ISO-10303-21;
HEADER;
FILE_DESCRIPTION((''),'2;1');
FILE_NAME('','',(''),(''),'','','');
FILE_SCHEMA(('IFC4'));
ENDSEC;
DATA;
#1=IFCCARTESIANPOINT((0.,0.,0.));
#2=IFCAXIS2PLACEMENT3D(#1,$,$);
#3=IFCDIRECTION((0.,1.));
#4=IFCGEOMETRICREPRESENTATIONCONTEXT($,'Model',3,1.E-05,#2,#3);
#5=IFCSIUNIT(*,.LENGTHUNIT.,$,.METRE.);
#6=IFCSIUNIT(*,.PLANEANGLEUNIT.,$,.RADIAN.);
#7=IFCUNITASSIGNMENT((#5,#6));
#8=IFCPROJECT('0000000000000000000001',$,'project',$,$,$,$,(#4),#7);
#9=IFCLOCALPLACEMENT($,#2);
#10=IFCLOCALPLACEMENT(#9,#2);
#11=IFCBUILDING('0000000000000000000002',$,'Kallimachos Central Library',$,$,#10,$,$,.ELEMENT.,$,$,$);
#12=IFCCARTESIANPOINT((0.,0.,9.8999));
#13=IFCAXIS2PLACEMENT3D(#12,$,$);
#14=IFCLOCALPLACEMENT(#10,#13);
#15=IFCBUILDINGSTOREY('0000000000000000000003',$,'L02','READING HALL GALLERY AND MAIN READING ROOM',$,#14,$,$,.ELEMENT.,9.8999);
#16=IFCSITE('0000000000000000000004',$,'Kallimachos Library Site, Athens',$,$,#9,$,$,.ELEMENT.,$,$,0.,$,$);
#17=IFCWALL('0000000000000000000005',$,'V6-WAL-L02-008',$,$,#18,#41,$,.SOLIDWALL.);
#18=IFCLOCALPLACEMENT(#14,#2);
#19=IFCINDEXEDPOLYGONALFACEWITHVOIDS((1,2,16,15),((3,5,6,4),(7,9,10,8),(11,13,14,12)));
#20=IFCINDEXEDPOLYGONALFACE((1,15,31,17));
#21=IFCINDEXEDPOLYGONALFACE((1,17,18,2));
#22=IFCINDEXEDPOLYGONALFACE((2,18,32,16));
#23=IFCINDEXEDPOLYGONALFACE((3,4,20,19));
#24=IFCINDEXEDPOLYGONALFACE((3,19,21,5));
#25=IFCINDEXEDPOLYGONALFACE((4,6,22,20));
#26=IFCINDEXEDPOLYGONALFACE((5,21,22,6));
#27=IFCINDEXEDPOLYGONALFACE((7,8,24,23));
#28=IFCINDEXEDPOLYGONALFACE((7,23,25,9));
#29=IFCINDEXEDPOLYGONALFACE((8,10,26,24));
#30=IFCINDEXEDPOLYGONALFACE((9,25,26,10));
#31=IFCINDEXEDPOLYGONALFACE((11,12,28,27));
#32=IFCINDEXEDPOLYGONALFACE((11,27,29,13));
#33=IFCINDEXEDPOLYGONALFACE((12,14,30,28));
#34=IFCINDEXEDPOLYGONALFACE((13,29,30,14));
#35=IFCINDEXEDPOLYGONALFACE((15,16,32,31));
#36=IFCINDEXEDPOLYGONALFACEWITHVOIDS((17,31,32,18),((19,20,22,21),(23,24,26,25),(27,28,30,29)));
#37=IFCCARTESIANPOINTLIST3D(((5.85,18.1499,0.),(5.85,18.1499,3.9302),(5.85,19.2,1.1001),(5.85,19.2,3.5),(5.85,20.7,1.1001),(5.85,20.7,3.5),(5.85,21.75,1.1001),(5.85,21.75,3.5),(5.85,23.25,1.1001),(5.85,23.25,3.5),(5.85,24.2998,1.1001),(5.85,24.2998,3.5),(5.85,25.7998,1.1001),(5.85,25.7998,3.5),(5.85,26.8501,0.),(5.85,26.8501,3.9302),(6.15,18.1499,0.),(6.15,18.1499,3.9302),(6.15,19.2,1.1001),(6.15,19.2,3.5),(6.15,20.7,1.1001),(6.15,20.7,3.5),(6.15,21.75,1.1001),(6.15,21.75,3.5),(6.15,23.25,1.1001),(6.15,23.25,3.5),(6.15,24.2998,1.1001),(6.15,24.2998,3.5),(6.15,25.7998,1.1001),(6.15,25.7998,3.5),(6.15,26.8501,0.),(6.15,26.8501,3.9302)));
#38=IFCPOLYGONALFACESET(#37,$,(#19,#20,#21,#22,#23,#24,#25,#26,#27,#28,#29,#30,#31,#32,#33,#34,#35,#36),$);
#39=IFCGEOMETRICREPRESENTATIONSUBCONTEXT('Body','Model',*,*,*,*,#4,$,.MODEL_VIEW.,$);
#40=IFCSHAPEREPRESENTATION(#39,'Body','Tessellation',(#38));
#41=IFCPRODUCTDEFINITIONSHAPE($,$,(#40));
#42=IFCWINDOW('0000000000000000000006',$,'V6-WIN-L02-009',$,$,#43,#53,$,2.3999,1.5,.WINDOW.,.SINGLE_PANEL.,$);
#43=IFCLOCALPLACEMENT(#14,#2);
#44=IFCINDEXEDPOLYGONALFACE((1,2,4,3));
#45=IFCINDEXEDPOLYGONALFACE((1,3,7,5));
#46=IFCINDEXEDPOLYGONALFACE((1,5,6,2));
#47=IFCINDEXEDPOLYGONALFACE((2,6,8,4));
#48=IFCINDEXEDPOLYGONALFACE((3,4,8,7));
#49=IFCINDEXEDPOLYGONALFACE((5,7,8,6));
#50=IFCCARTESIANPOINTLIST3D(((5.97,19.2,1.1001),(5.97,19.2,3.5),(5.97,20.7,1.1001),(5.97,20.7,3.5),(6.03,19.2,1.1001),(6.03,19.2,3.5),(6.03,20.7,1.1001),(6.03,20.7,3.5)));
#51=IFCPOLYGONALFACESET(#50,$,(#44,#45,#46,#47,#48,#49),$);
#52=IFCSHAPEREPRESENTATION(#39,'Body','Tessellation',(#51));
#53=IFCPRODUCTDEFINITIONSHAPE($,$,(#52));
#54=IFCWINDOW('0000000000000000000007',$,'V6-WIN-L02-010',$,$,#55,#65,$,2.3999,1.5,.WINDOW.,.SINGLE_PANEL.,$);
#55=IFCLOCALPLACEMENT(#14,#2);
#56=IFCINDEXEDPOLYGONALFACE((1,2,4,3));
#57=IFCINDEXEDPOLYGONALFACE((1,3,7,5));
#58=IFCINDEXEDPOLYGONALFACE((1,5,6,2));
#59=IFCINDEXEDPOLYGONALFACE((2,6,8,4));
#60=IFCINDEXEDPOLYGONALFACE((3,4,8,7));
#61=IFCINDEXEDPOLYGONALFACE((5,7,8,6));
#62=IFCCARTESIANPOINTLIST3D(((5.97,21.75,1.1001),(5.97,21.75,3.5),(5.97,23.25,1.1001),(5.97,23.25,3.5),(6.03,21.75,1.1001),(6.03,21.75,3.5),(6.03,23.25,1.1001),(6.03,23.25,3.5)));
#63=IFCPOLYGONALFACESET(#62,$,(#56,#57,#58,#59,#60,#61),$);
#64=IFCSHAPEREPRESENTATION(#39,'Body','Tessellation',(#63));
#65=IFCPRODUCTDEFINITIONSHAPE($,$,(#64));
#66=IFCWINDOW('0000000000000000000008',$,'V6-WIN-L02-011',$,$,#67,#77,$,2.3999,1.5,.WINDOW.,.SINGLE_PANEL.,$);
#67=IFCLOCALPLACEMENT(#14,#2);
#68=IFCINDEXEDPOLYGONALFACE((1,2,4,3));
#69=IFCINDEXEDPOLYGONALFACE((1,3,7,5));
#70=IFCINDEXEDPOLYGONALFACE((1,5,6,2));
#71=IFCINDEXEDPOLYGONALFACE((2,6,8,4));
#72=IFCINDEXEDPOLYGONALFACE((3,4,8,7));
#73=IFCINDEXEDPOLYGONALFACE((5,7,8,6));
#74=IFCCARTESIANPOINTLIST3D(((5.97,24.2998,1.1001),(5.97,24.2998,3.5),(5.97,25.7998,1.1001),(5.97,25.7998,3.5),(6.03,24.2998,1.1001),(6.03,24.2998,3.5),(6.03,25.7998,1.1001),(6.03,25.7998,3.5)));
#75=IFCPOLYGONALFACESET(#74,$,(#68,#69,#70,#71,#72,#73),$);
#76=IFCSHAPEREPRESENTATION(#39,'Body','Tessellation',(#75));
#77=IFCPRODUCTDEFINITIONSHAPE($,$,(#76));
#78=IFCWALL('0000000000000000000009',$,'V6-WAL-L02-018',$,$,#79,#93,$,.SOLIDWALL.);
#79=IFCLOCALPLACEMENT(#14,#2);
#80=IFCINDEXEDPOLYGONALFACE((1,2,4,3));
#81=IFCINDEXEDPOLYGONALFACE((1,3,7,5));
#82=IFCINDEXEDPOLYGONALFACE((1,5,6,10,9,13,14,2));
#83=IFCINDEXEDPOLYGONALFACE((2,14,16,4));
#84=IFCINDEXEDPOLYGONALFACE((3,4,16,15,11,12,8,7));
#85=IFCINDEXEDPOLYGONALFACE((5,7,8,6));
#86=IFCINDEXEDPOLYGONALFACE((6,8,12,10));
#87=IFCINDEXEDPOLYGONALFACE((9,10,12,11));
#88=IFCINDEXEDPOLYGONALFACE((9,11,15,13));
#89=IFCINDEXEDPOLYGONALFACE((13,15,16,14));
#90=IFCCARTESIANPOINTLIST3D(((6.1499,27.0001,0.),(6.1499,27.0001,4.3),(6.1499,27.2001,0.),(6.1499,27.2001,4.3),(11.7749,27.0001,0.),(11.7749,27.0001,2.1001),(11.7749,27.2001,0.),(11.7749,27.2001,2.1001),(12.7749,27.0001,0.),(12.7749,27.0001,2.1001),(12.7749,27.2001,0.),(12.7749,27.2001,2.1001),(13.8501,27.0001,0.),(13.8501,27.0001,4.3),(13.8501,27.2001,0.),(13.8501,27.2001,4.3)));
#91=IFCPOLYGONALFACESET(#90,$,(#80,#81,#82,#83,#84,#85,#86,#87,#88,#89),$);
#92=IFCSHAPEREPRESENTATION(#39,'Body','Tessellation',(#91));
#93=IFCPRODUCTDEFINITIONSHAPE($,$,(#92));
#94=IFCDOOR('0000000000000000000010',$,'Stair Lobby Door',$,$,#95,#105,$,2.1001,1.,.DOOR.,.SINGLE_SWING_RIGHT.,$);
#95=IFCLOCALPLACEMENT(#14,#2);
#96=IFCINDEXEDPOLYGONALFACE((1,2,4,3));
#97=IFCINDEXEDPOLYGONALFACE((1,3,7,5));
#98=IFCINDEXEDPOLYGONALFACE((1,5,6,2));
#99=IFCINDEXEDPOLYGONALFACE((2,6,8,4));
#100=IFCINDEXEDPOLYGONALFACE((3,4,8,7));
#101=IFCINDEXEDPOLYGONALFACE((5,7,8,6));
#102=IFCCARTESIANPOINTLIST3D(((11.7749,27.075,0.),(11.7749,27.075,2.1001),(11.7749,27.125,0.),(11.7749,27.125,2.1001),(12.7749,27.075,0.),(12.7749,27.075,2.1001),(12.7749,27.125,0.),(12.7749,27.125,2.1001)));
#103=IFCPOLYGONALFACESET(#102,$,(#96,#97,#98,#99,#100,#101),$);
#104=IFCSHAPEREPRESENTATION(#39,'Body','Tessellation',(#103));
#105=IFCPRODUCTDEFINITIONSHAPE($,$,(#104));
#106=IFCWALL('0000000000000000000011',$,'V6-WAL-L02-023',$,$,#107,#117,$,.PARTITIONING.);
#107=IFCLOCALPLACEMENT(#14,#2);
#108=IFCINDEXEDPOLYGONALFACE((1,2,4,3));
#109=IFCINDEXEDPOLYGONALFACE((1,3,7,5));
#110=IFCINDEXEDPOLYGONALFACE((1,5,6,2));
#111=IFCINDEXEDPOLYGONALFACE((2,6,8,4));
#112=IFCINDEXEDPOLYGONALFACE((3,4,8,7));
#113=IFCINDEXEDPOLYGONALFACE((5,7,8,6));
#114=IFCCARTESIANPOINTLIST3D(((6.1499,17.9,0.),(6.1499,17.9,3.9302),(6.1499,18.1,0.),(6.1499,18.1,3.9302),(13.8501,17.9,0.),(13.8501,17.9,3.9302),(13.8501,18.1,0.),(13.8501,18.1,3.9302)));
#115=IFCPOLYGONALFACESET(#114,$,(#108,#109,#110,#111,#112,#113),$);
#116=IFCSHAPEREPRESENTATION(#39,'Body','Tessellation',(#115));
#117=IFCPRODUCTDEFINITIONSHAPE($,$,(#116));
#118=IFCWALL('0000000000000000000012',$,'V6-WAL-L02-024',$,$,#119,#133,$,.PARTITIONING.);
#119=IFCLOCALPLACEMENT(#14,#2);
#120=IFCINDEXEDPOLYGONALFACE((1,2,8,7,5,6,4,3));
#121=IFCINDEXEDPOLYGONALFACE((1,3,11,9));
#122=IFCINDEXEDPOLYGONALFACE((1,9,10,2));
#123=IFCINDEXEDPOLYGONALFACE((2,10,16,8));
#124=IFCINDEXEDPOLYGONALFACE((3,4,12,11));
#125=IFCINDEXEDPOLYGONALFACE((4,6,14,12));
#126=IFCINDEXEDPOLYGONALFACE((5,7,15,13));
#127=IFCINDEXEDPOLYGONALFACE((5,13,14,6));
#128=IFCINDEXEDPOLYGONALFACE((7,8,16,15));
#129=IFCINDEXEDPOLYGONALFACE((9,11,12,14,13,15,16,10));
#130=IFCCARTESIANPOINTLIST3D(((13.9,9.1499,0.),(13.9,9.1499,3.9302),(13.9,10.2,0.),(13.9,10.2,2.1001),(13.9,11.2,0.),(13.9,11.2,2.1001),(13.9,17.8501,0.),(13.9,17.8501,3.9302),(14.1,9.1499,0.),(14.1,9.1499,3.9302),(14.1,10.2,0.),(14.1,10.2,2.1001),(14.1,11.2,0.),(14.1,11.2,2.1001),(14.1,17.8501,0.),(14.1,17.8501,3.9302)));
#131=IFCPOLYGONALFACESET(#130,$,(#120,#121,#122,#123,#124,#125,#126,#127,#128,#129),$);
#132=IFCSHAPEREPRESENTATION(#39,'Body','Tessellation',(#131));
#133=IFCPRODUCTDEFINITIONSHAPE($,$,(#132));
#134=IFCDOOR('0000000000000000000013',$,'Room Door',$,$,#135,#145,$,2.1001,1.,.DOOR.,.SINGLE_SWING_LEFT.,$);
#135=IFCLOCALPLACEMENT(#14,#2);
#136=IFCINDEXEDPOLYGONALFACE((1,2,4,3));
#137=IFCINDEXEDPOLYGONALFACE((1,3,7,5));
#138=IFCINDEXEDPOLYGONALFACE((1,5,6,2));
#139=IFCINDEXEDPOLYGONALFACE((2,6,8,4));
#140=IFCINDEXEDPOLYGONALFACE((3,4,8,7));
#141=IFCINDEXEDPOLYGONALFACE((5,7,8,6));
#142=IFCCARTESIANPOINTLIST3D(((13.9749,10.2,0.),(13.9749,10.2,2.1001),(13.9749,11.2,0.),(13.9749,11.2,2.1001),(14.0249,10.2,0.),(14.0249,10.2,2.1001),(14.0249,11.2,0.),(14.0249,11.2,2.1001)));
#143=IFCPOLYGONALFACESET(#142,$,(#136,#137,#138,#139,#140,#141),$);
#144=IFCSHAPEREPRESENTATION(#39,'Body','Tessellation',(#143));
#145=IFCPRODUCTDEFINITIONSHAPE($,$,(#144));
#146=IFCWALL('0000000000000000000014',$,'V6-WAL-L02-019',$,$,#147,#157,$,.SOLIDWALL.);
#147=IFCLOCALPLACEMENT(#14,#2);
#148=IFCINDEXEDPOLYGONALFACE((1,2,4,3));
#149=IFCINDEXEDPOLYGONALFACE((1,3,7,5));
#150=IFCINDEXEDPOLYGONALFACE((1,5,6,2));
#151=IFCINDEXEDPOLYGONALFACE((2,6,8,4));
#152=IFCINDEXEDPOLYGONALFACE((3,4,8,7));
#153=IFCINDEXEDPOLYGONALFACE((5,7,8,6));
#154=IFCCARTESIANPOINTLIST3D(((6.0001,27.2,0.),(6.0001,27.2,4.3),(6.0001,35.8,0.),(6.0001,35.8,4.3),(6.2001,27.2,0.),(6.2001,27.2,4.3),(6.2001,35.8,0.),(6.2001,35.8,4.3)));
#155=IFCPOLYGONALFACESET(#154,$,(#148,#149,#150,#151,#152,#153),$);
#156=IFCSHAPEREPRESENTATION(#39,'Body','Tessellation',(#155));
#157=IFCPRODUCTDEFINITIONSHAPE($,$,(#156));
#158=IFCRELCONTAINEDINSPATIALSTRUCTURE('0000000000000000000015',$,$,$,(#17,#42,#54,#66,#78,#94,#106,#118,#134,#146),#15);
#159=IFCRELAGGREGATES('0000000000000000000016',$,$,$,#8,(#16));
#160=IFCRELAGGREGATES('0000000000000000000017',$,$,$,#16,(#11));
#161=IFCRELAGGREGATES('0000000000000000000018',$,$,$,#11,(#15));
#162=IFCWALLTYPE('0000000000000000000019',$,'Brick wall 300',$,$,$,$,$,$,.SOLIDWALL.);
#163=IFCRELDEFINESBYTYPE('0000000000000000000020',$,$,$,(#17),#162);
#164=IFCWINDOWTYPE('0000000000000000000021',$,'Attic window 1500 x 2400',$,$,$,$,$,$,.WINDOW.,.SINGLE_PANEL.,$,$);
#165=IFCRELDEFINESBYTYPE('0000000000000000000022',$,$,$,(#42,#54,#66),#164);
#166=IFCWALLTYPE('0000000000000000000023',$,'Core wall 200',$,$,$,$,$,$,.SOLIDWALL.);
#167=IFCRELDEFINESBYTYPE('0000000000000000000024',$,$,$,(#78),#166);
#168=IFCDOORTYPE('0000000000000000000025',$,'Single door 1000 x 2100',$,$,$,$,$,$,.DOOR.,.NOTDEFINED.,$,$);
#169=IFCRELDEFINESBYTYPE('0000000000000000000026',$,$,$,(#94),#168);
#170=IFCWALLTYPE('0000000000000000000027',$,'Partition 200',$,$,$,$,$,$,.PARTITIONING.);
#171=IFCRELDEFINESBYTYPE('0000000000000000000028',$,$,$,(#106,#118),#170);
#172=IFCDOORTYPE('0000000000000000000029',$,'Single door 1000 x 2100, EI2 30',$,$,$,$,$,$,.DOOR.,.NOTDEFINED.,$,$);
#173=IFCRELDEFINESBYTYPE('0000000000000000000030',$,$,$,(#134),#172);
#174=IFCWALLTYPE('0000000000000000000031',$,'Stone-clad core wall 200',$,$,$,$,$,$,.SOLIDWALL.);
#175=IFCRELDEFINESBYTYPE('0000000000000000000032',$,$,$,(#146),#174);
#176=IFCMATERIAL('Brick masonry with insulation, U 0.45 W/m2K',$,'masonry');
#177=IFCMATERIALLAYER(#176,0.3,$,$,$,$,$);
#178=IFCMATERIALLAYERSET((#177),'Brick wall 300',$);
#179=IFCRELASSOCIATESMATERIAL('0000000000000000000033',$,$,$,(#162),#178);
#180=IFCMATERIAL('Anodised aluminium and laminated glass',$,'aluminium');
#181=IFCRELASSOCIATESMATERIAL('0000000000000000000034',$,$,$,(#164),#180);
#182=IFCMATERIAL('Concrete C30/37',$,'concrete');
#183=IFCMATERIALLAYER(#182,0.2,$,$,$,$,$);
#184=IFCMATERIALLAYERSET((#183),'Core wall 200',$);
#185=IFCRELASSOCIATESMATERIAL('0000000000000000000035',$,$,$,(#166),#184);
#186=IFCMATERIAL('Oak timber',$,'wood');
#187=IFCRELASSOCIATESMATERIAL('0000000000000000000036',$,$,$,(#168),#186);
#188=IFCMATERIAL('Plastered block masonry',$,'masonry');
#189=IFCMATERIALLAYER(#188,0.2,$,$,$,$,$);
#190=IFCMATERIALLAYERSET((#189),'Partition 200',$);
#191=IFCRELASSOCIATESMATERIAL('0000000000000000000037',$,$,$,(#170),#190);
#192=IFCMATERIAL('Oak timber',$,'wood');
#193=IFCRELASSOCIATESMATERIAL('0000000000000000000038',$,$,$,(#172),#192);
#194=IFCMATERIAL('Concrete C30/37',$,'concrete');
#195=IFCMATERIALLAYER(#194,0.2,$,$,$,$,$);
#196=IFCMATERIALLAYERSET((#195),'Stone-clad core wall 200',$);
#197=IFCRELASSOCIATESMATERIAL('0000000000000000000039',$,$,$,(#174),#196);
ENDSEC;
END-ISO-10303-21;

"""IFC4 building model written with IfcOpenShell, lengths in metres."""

from ifc_helpers import new_model, si_unit, direction, frame, frame_2d, origin, place, context, subcontext, project, spatial, rectangle, extrude, material, layer, layer_set, type_object, element, fill, save


model = new_model("IFC4")

# Units and contexts
model_context = context("Model", 3, precision=1e-05, world=origin(), true_north=direction((0.0, 1.0)))
body_context = subcontext(model_context, "Body", "Model", "MODEL_VIEW")
ifc_project = project(units=[si_unit("LENGTHUNIT", "METRE"), si_unit("PLANEANGLEUNIT", "RADIAN")], contexts=[model_context])

# Site, building, storey
site_placement = place(None, origin())
site = spatial("IfcSite", under=ifc_project, at=site_placement, Name="Kallimachos Library Site, Athens", CompositionType="ELEMENT", RefElevation=0.0)
building_placement = place(site_placement, origin())
building = spatial("IfcBuilding", under=site, at=building_placement, Name="Kallimachos Central Library", CompositionType="ELEMENT")
storey_placement = place(building_placement, frame((0.0, 0.0, 9.8999)))
storey = spatial("IfcBuildingStorey", under=building, at=storey_placement, Name="L02", Description="READING HALL GALLERY AND MAIN READING ROOM", CompositionType="ELEMENT", Elevation=9.8999)

# Wall, openings, windows
ifc_material_1 = material(Name="Brick masonry with insulation, U 0.45 W/m2K", Category="masonry")
ifc_layer_1 = layer(ifc_material_1, 0.3)
ifc_layer_set_1 = layer_set([ifc_layer_1], Name="Brick wall 300")
wall_type_1 = type_object("IfcWallType", Name="Brick wall 300", PredefinedType="SOLIDWALL", material=ifc_layer_set_1)
ifc_material_2 = material(Name="Anodised aluminium and laminated glass", Category="aluminium")
window_type = type_object("IfcWindowType", Name="Attic window 1500 x 2400", PartitioningType="SINGLE_PANEL", PredefinedType="WINDOW", material=ifc_material_2)
wall_1_placement = place(storey_placement, frame((6.0, 18.1499, 0.0), z_axis=(0.0, 0.0, 1.0), x_axis=(0.0, 1.0, 0.0)))
wall_1 = element("IfcWall", 1, at=wall_1_placement, inside=storey, type_object=wall_type_1, Name="V6-WAL-L02-008", PredefinedType="SOLIDWALL", context=body_context, shape_type="SweptSolid", body=[
    extrude(rectangle(XDim=8.7002, YDim=0.3, at=frame_2d((4.3501, 0.0))), origin(), (0.0, 0.0, 1.0), 3.9302),
])
opening_1_placement = place(wall_1_placement, frame((1.05, 0.0, 1.1001)))
opening_1 = element("IfcOpeningElement", 2, at=opening_1_placement, cuts=wall_1, PredefinedType="OPENING", context=body_context, shape_type="SweptSolid", body=[
    extrude(rectangle(XDim=1.5, YDim=2.3999, at=frame_2d((0.75, 1.2))), frame((0.0, 0.1599, 0.0), z_axis=(0.0, -1.0, 0.0), x_axis=(1.0, 0.0, 0.0)), (0.0, 0.0, 1.0), 0.3201),
])
opening_2_placement = place(wall_1_placement, frame((3.6001, 0.0, 1.1001)))
opening_2 = element("IfcOpeningElement", 3, at=opening_2_placement, cuts=wall_1, PredefinedType="OPENING", context=body_context, shape_type="SweptSolid", body=[
    extrude(rectangle(XDim=1.5, YDim=2.3999, at=frame_2d((0.75, 1.2))), frame((0.0, 0.1599, 0.0), z_axis=(0.0, -1.0, 0.0), x_axis=(1.0, 0.0, 0.0)), (0.0, 0.0, 1.0), 0.3201),
])
opening_3_placement = place(wall_1_placement, frame((6.1499, 0.0, 1.1001)))
opening_3 = element("IfcOpeningElement", 4, at=opening_3_placement, cuts=wall_1, PredefinedType="OPENING", context=body_context, shape_type="SweptSolid", body=[
    extrude(rectangle(XDim=1.5, YDim=2.3999, at=frame_2d((0.75, 1.2))), frame((0.0, 0.1599, 0.0), z_axis=(0.0, -1.0, 0.0), x_axis=(1.0, 0.0, 0.0)), (0.0, 0.0, 1.0), 0.3201),
])
window_1_placement = place(opening_1_placement, origin())
window_1 = element("IfcWindow", 5, at=window_1_placement, inside=storey, type_object=window_type, Name="V6-WIN-L02-009", OverallHeight=2.3999, OverallWidth=1.5, PartitioningType="SINGLE_PANEL", PredefinedType="WINDOW", context=body_context, shape_type="SweptSolid", body=[
    extrude(rectangle(XDim=1.5, YDim=2.3999, at=frame_2d((0.75, 1.2))), frame((0.0, 0.03, 0.0), z_axis=(0.0, -1.0, 0.0), x_axis=(1.0, 0.0, 0.0)), (0.0, 0.0, 1.0), 0.0601),
])
fill(opening_1, window_1)
window_2_placement = place(opening_2_placement, origin())
window_2 = element("IfcWindow", 6, at=window_2_placement, inside=storey, type_object=window_type, Name="V6-WIN-L02-010", OverallHeight=2.3999, OverallWidth=1.5, PartitioningType="SINGLE_PANEL", PredefinedType="WINDOW", context=body_context, shape_type="SweptSolid", body=[
    extrude(rectangle(XDim=1.5, YDim=2.3999, at=frame_2d((0.75, 1.2))), frame((0.0, 0.03, 0.0), z_axis=(0.0, -1.0, 0.0), x_axis=(1.0, 0.0, 0.0)), (0.0, 0.0, 1.0), 0.0601),
])
fill(opening_2, window_2)
window_3_placement = place(opening_3_placement, origin())
window_3 = element("IfcWindow", 7, at=window_3_placement, inside=storey, type_object=window_type, Name="V6-WIN-L02-011", OverallHeight=2.3999, OverallWidth=1.5, PartitioningType="SINGLE_PANEL", PredefinedType="WINDOW", context=body_context, shape_type="SweptSolid", body=[
    extrude(rectangle(XDim=1.5, YDim=2.3999, at=frame_2d((0.75, 1.2))), frame((0.0, 0.03, 0.0), z_axis=(0.0, -1.0, 0.0), x_axis=(1.0, 0.0, 0.0)), (0.0, 0.0, 1.0), 0.0601),
])
fill(opening_3, window_3)

# Wall, opening, door
ifc_material_3 = material(Name="Concrete C30/37", Category="concrete")
ifc_layer_2 = layer(ifc_material_3, 0.2)
ifc_layer_set_2 = layer_set([ifc_layer_2], Name="Core wall 200")
wall_type_2 = type_object("IfcWallType", Name="Core wall 200", PredefinedType="SOLIDWALL", material=ifc_layer_set_2)
wall_2_placement = place(storey_placement, frame((6.1499, 27.1001, 0.0), z_axis=(0.0, 0.0, 1.0), x_axis=(1.0, 0.0, 0.0)))
wall_2 = element("IfcWall", 8, at=wall_2_placement, inside=storey, type_object=wall_type_2, Name="V6-WAL-L02-018", PredefinedType="SOLIDWALL", context=body_context, shape_type="SweptSolid", body=[
    extrude(rectangle(XDim=7.7002, YDim=0.2, at=frame_2d((3.8501, 0.0))), origin(), (0.0, 0.0, 1.0), 4.3),
])
opening_4_placement = place(wall_2_placement, frame((5.625, 0.0, 0.0)))
opening_4 = element("IfcOpeningElement", 9, at=opening_4_placement, cuts=wall_2, PredefinedType="OPENING", context=body_context, shape_type="SweptSolid", body=[
    extrude(rectangle(XDim=1.0, YDim=2.1001, at=frame_2d((0.5, 1.05))), frame((0.0, 0.1099, 0.0), z_axis=(0.0, -1.0, 0.0), x_axis=(1.0, 0.0, 0.0)), (0.0, 0.0, 1.0), 0.22),
])
ifc_material_4 = material(Name="Oak timber", Category="wood")
door_type_1 = type_object("IfcDoorType", Name="Single door 1000 x 2100", OperationType="NOTDEFINED", PredefinedType="DOOR", material=ifc_material_4)
door_1_placement = place(opening_4_placement, origin())
door_1 = element("IfcDoor", 10, at=door_1_placement, inside=storey, type_object=door_type_1, Name="Stair Lobby Door", OperationType="SINGLE_SWING_RIGHT", OverallHeight=2.1001, OverallWidth=1.0, PredefinedType="DOOR", context=body_context, shape_type="SweptSolid", body=[
    extrude(rectangle(XDim=1.0, YDim=2.1001, at=frame_2d((0.5, 1.05))), frame((0.0, 0.0249, 0.0), z_axis=(0.0, -1.0, 0.0), x_axis=(1.0, 0.0, 0.0)), (0.0, 0.0, 1.0), 0.05),
])
fill(opening_4, door_1)

# Wall
ifc_material_5 = material(Name="Plastered block masonry", Category="masonry")
ifc_layer_3 = layer(ifc_material_5, 0.2)
ifc_layer_set_3 = layer_set([ifc_layer_3], Name="Partition 200")
wall_type_3 = type_object("IfcWallType", Name="Partition 200", PredefinedType="PARTITIONING", material=ifc_layer_set_3)
wall_3_placement = place(storey_placement, frame((6.1499, 18.0, 0.0), z_axis=(0.0, 0.0, 1.0), x_axis=(1.0, 0.0, 0.0)))
element("IfcWall", 11, at=wall_3_placement, inside=storey, type_object=wall_type_3, Name="V6-WAL-L02-023", PredefinedType="PARTITIONING", context=body_context, shape_type="SweptSolid", body=[
    extrude(rectangle(XDim=7.7002, YDim=0.2, at=frame_2d((3.8501, 0.0))), origin(), (0.0, 0.0, 1.0), 3.9302),
])

# Wall, opening, door
wall_4_placement = place(storey_placement, frame((14.0, 9.1499, 0.0), z_axis=(0.0, 0.0, 1.0), x_axis=(0.0, 1.0, 0.0)))
wall_4 = element("IfcWall", 12, at=wall_4_placement, inside=storey, type_object=wall_type_3, Name="V6-WAL-L02-024", PredefinedType="PARTITIONING", context=body_context, shape_type="SweptSolid", body=[
    extrude(rectangle(XDim=8.7002, YDim=0.2, at=frame_2d((4.3501, 0.0))), origin(), (0.0, 0.0, 1.0), 3.9302),
])
opening_5_placement = place(wall_4_placement, frame((1.05, 0.0, 0.0)))
opening_5 = element("IfcOpeningElement", 13, at=opening_5_placement, cuts=wall_4, PredefinedType="OPENING", context=body_context, shape_type="SweptSolid", body=[
    extrude(rectangle(XDim=1.0, YDim=2.1001, at=frame_2d((0.5, 1.05))), frame((0.0, 0.1099, 0.0), z_axis=(0.0, -1.0, 0.0), x_axis=(1.0, 0.0, 0.0)), (0.0, 0.0, 1.0), 0.22),
])
ifc_material_6 = material(Name="Oak timber", Category="wood")
door_type_2 = type_object("IfcDoorType", Name="Single door 1000 x 2100, EI2 30", OperationType="NOTDEFINED", PredefinedType="DOOR", material=ifc_material_6)
door_2_placement = place(opening_5_placement, frame((1.0, 0.0, 0.0), z_axis=(0.0, 0.0, 1.0), x_axis=(-1.0, 0.0, 0.0)))
door_2 = element("IfcDoor", 14, at=door_2_placement, inside=storey, type_object=door_type_2, Name="Room Door", OperationType="SINGLE_SWING_LEFT", OverallHeight=2.1001, OverallWidth=1.0, PredefinedType="DOOR", context=body_context, shape_type="SweptSolid", body=[
    extrude(rectangle(XDim=1.0, YDim=2.1001, at=frame_2d((0.5, 1.05))), frame((0.0, 0.0249, 0.0), z_axis=(0.0, -1.0, 0.0), x_axis=(1.0, 0.0, 0.0)), (0.0, 0.0, 1.0), 0.05),
])
fill(opening_5, door_2)

# Wall
ifc_material_7 = material(Name="Concrete C30/37", Category="concrete")
ifc_layer_4 = layer(ifc_material_7, 0.2)
ifc_layer_set_4 = layer_set([ifc_layer_4], Name="Stone-clad core wall 200")
wall_type_4 = type_object("IfcWallType", Name="Stone-clad core wall 200", PredefinedType="SOLIDWALL", material=ifc_layer_set_4)
wall_5_placement = place(storey_placement, frame((6.1001, 27.2, 0.0), z_axis=(0.0, 0.0, 1.0), x_axis=(0.0, 1.0, 0.0)))
element("IfcWall", 15, at=wall_5_placement, inside=storey, type_object=wall_type_4, Name="V6-WAL-L02-019", PredefinedType="SOLIDWALL", context=body_context, shape_type="SweptSolid", body=[
    extrude(rectangle(XDim=8.6001, YDim=0.2, at=frame_2d((4.3, 0.0))), origin(), (0.0, 0.0, 1.0), 4.3),
])

save(model, "model.ifc")
